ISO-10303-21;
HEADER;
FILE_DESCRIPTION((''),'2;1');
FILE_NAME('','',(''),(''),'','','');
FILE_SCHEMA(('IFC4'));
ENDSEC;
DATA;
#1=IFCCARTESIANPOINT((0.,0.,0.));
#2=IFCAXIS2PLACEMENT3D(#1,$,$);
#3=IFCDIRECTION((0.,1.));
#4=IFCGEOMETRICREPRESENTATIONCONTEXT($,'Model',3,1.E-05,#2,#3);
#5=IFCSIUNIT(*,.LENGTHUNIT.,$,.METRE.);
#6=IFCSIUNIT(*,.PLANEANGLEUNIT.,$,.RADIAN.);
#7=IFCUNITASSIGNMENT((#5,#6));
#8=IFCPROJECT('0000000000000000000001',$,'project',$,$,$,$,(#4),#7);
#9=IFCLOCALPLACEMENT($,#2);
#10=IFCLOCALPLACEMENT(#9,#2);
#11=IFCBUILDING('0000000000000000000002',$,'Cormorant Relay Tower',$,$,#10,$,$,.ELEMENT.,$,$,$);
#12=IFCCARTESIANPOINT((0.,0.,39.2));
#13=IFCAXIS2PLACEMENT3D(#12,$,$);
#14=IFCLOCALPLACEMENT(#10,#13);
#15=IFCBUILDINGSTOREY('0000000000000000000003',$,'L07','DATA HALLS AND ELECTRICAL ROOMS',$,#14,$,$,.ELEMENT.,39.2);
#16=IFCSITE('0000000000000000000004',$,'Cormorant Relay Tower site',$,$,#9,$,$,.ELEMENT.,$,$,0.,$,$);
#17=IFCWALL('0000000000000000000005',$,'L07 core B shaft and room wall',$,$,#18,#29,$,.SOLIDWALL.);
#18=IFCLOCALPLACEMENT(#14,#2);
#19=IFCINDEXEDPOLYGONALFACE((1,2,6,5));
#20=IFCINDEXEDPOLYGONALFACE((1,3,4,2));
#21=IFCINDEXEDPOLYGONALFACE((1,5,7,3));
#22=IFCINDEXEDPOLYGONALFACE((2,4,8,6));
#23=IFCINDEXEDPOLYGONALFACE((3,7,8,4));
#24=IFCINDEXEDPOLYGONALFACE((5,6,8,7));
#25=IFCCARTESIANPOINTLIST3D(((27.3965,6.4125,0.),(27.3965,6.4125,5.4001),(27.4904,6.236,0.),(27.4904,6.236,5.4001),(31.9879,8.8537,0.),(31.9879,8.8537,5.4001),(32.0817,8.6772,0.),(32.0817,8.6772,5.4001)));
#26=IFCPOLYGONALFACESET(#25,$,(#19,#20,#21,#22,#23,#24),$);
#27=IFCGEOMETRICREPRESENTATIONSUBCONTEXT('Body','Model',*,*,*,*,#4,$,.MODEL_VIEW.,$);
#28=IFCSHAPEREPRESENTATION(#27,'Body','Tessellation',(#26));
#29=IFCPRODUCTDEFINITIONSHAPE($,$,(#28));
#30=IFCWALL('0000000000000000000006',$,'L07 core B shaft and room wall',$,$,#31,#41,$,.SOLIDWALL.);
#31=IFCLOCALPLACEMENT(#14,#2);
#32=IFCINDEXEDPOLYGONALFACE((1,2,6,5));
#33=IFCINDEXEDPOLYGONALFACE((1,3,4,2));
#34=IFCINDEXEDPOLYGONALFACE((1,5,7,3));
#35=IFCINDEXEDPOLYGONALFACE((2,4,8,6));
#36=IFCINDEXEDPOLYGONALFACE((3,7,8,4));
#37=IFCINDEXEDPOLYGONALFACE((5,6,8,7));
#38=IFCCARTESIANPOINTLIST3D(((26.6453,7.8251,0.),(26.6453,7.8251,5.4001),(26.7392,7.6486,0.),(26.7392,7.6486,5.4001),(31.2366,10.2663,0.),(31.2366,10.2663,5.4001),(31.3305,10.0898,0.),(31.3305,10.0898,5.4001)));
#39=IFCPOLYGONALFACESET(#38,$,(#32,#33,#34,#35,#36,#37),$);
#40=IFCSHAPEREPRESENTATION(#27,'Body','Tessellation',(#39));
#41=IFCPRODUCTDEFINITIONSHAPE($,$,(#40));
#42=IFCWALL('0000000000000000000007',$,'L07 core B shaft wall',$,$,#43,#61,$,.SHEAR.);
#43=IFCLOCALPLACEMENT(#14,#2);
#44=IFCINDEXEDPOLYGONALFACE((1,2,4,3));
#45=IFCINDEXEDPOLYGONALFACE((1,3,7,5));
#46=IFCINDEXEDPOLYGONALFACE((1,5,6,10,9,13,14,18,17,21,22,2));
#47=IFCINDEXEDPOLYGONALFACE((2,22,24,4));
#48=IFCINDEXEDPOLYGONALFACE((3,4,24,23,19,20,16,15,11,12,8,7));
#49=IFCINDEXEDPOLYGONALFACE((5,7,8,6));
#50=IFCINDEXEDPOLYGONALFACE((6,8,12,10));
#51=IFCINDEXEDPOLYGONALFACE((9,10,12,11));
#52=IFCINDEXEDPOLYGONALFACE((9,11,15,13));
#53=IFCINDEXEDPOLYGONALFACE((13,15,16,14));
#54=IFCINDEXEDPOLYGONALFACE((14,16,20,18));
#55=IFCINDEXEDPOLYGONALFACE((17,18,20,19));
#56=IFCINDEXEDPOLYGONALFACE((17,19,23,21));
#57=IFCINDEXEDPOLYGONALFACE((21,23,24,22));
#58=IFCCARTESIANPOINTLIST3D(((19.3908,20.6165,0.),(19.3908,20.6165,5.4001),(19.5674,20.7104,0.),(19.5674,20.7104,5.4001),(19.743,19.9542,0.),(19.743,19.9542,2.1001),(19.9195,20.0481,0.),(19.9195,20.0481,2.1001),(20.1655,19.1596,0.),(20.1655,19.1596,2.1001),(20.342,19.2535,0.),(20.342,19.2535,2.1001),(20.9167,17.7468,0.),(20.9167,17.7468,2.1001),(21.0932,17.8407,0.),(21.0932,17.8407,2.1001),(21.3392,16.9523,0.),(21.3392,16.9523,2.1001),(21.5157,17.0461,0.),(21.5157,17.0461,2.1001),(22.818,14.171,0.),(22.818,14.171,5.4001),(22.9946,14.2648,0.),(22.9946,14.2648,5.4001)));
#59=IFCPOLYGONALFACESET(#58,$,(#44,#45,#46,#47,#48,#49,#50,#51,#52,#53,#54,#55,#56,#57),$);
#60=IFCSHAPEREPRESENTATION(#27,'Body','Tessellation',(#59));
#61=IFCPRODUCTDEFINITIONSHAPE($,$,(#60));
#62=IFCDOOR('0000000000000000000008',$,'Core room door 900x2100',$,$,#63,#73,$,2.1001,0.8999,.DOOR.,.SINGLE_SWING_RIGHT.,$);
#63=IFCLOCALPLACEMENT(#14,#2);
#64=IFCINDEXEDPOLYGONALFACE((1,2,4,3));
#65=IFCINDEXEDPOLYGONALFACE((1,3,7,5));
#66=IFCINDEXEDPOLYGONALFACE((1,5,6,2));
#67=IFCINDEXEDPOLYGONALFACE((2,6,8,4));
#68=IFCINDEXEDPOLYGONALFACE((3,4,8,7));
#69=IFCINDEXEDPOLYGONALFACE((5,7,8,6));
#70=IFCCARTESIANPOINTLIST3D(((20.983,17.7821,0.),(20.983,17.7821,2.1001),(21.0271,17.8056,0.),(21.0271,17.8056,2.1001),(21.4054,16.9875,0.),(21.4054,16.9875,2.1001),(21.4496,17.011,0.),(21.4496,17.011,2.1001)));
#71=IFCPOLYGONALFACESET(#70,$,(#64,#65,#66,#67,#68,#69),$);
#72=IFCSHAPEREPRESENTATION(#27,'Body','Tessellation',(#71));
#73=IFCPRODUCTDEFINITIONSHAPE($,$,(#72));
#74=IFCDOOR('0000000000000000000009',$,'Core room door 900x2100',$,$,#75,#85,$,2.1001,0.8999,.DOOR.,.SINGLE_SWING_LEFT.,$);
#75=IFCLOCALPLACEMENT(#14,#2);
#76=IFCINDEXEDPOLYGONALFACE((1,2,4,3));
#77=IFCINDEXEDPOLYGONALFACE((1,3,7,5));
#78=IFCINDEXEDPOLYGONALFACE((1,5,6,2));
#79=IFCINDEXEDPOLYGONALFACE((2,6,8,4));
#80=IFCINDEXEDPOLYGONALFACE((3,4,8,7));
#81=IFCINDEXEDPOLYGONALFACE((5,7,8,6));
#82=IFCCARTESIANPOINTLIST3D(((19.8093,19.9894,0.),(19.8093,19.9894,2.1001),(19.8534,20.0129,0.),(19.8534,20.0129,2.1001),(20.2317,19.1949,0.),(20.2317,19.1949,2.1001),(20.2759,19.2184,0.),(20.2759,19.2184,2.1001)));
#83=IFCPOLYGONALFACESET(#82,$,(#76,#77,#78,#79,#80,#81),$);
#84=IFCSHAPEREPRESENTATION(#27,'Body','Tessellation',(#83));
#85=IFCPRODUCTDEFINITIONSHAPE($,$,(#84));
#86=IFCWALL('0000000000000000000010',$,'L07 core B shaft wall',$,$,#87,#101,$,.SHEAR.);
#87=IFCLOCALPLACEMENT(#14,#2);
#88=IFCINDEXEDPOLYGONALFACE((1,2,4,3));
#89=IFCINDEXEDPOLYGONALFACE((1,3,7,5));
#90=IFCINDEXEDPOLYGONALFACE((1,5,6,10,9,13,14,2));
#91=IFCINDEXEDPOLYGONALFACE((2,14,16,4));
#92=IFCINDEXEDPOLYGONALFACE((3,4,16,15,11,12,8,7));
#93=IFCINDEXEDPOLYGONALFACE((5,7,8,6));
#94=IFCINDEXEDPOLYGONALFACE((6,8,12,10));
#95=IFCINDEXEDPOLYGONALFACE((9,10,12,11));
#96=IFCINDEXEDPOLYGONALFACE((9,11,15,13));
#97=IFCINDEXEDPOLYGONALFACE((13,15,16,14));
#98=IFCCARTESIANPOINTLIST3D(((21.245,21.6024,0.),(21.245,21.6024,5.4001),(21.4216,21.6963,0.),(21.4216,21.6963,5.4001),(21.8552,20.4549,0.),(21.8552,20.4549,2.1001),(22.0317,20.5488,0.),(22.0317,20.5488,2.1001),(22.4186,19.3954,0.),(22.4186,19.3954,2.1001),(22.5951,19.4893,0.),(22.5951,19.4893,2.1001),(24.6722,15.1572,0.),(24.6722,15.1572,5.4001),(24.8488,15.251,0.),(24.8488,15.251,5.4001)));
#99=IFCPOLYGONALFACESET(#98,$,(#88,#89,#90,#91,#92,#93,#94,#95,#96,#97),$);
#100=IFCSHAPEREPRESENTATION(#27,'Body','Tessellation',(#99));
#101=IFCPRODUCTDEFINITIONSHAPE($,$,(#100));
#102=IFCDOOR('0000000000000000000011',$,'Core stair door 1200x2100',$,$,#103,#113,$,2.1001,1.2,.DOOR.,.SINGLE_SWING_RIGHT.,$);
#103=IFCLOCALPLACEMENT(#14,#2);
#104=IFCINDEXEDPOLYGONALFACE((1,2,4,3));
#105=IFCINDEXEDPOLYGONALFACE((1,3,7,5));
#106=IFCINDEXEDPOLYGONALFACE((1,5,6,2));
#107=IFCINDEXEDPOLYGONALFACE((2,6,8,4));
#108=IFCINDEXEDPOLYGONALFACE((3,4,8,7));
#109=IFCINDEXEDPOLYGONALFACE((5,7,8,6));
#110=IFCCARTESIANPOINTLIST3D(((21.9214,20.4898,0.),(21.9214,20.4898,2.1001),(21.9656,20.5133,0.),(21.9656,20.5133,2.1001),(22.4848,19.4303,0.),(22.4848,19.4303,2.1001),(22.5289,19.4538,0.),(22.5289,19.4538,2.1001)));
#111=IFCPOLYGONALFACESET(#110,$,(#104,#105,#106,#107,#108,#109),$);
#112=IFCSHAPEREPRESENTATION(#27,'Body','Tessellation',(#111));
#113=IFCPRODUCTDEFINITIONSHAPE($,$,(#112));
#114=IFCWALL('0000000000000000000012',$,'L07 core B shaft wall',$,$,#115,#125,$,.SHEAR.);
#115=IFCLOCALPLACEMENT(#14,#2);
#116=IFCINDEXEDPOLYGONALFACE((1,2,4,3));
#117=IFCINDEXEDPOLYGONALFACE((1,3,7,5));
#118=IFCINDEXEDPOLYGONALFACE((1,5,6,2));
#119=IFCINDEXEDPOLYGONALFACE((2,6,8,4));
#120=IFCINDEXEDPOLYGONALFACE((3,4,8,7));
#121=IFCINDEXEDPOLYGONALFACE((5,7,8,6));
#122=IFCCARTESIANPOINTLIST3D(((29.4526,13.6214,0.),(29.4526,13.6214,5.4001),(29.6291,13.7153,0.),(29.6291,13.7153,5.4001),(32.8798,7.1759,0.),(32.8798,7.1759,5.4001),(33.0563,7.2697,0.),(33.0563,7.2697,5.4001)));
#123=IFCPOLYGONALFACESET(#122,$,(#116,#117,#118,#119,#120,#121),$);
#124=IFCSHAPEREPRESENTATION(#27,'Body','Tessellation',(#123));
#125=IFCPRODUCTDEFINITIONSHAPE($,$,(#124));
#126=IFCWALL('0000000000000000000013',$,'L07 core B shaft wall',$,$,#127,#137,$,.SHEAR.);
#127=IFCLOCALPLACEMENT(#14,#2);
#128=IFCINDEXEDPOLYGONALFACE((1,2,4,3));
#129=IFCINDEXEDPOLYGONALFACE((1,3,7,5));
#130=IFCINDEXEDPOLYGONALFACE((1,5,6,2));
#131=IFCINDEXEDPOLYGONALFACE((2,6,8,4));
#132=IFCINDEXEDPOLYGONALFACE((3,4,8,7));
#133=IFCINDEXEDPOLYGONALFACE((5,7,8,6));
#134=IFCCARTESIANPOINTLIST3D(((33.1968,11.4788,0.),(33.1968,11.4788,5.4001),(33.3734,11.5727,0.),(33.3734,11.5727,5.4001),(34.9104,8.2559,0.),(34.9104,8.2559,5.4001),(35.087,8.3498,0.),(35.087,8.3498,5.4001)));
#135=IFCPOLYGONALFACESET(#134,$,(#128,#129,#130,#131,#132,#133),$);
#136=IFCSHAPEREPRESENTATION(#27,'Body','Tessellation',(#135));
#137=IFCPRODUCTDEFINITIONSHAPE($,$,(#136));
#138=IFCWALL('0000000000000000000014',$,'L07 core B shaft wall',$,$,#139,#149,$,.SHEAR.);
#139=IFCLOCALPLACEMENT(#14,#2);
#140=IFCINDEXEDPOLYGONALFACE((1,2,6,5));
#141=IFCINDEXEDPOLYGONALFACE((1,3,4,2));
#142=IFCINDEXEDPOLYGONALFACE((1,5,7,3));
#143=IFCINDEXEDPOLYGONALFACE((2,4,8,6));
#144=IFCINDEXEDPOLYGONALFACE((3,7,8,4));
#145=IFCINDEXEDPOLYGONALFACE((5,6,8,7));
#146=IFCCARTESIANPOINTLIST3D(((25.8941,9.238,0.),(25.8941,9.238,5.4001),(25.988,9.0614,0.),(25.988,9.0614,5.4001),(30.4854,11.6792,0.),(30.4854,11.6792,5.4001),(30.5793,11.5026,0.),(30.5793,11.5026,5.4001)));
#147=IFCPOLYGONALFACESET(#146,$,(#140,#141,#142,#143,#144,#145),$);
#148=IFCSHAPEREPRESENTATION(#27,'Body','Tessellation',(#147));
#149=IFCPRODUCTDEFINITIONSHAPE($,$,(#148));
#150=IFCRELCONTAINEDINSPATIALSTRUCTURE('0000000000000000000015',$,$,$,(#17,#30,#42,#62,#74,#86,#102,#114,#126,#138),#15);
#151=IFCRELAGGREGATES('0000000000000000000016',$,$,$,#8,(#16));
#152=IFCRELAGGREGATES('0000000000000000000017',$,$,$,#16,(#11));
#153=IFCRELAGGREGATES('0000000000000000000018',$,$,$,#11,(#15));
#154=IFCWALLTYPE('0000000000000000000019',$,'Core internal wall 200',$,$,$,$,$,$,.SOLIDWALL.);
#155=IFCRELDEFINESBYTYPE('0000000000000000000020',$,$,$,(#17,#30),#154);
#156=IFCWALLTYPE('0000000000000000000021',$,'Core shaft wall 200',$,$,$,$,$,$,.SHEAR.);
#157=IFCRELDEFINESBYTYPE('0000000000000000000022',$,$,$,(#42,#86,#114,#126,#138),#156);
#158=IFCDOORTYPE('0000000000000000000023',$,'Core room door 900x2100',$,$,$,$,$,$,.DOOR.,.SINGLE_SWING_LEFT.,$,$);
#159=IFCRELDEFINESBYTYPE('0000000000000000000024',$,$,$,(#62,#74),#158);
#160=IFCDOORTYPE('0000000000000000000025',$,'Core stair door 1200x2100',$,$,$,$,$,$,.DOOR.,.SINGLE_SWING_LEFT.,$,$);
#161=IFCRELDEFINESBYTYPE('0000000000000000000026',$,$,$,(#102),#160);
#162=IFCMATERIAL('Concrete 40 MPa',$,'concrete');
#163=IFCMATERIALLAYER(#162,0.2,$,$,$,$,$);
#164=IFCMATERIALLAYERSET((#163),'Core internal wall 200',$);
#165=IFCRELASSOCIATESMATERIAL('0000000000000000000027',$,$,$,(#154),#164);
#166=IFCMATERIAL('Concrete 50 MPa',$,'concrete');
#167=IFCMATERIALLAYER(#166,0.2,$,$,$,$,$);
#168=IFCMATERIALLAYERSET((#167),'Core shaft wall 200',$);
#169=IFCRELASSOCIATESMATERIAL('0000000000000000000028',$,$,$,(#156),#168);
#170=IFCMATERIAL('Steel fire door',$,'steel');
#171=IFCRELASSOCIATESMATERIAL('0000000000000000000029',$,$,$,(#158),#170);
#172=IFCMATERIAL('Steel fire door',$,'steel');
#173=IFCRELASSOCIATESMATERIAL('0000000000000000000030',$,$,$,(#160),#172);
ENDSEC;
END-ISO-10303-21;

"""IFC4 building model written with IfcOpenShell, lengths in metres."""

from ifc_helpers import new_model, si_unit, direction, frame, frame_2d, origin, place, context, subcontext, project, spatial, rectangle, extrude, material, layer, layer_set, type_object, element, fill, save


model = new_model("IFC4")

# Units and contexts
model_context = context("Model", 3, precision=1e-05, world=origin(), true_north=direction((0.0, 1.0)))
body_context = subcontext(model_context, "Body", "Model", "MODEL_VIEW")
ifc_project = project(units=[si_unit("LENGTHUNIT", "METRE"), si_unit("PLANEANGLEUNIT", "RADIAN")], contexts=[model_context])

# Site, building, storey
site_placement = place(None, origin())
site = spatial("IfcSite", under=ifc_project, at=site_placement, Name="Cormorant Relay Tower site", CompositionType="ELEMENT", RefElevation=0.0)
building_placement = place(site_placement, origin())
building = spatial("IfcBuilding", under=site, at=building_placement, Name="Cormorant Relay Tower", CompositionType="ELEMENT")
storey_placement = place(building_placement, frame((0.0, 0.0, 39.2)))
storey = spatial("IfcBuildingStorey", under=building, at=storey_placement, Name="L07", Description="DATA HALLS AND ELECTRICAL ROOMS", CompositionType="ELEMENT", Elevation=39.2)

# Walls
ifc_material_1 = material(Name="Concrete 40 MPa", Category="concrete")
ifc_layer_1 = layer(ifc_material_1, 0.2)
ifc_layer_set_1 = layer_set([ifc_layer_1], Name="Core internal wall 200")
wall_type_1 = type_object("IfcWallType", Name="Core internal wall 200", PredefinedType="SOLIDWALL", material=ifc_layer_set_1)
for number, where, z_axis, x_axis, name in (
    (1, (27.4434, 6.3242, 0.0), (0.0, 0.0, 1.0), (0.882954, 0.46946, 0.0), "L07 core B shaft and room wall"),
    (2, (26.6921, 7.7368, 0.0), (0.0, 0.0, 1.0), (0.882954, 0.46946, 0.0), "L07 core B shaft and room wall"),
):
    element("IfcWall", number, at=place(storey_placement, frame(where, z_axis=z_axis, x_axis=x_axis)), inside=storey, type_object=wall_type_1, Name=name, PredefinedType="SOLIDWALL", context=body_context, shape_type="SweptSolid", body=[
        extrude(rectangle(XDim=5.2, YDim=0.2, at=frame_2d((2.6001, 0.0))), origin(), (0.0, 0.0, 1.0), 5.4001),
    ])

# Wall, openings, doors
ifc_material_2 = material(Name="Concrete 50 MPa", Category="concrete")
ifc_layer_2 = layer(ifc_material_2, 0.2)
ifc_layer_set_2 = layer_set([ifc_layer_2], Name="Core shaft wall 200")
wall_type_2 = type_object("IfcWallType", Name="Core shaft wall 200", PredefinedType="SHEAR", material=ifc_layer_set_2)
wall_1_placement = place(storey_placement, frame((22.9062, 14.218, 0.0), z_axis=(0.0, 0.0, 1.0), x_axis=(-0.46948, 0.882943, 0.0)))
wall_1 = element("IfcWall", 3, at=wall_1_placement, inside=storey, type_object=wall_type_2, Name="L07 core B shaft wall", PredefinedType="SHEAR", context=body_context, shape_type="SweptSolid", body=[
    extrude(rectangle(XDim=7.3, YDim=0.2, at=frame_2d((3.6499, 0.0))), origin(), (0.0, 0.0, 1.0), 5.4001),
])
opening_1_placement = place(wall_1_placement, frame((3.1499, 0.0, 0.0)))
opening_1 = element("IfcOpeningElement", 4, at=opening_1_placement, cuts=wall_1, PredefinedType="OPENING", context=body_context, shape_type="SweptSolid", body=[
    extrude(rectangle(XDim=0.8999, YDim=2.1001, at=frame_2d((0.45, 1.05))), frame((0.0, 0.1099, 0.0), z_axis=(0.0, -1.0, 0.0), x_axis=(1.0, 0.0, 0.0)), (0.0, 0.0, 1.0), 0.22),
])
opening_2_placement = place(wall_1_placement, frame((5.6499, 0.0, 0.0)))
opening_2 = element("IfcOpeningElement", 5, at=opening_2_placement, cuts=wall_1, PredefinedType="OPENING", context=body_context, shape_type="SweptSolid", body=[
    extrude(rectangle(XDim=0.8999, YDim=2.1001, at=frame_2d((0.45, 1.05))), frame((0.0, 0.1099, 0.0), z_axis=(0.0, -1.0, 0.0), x_axis=(1.0, 0.0, 0.0)), (0.0, 0.0, 1.0), 0.22),
])
ifc_material_3 = material(Name="Steel fire door", Category="steel")
door_type_1 = type_object("IfcDoorType", Name="Core room door 900x2100", OperationType="SINGLE_SWING_LEFT", PredefinedType="DOOR", material=ifc_material_3)
door_1_placement = place(opening_1_placement, origin())
door_1 = element("IfcDoor", 6, at=door_1_placement, inside=storey, type_object=door_type_1, Name="Core room door 900x2100", OperationType="SINGLE_SWING_RIGHT", OverallHeight=2.1001, OverallWidth=0.8999, PredefinedType="DOOR", context=body_context, shape_type="SweptSolid", body=[
    extrude(rectangle(XDim=0.8999, YDim=2.1001, at=frame_2d((0.45, 1.05))), frame((0.0, 0.0249, 0.0), z_axis=(0.0, -1.0, 0.0), x_axis=(1.0, 0.0, 0.0)), (0.0, 0.0, 1.0), 0.05),
])
fill(opening_1, door_1)
door_2_placement = place(opening_2_placement, origin())
door_2 = element("IfcDoor", 7, at=door_2_placement, inside=storey, type_object=door_type_1, Name="Core room door 900x2100", OperationType="SINGLE_SWING_LEFT", OverallHeight=2.1001, OverallWidth=0.8999, PredefinedType="DOOR", context=body_context, shape_type="SweptSolid", body=[
    extrude(rectangle(XDim=0.8999, YDim=2.1001, at=frame_2d((0.45, 1.05))), frame((0.0, 0.0249, 0.0), z_axis=(0.0, -1.0, 0.0), x_axis=(1.0, 0.0, 0.0)), (0.0, 0.0, 1.0), 0.05),
])
fill(opening_2, door_2)

# Wall, opening, door
wall_2_placement = place(storey_placement, frame((24.7605, 15.2041, 0.0), z_axis=(0.0, 0.0, 1.0), x_axis=(-0.469494, 0.882936, 0.0)))
wall_2 = element("IfcWall", 8, at=wall_2_placement, inside=storey, type_object=wall_type_2, Name="L07 core B shaft wall", PredefinedType="SHEAR", context=body_context, shape_type="SweptSolid", body=[
    extrude(rectangle(XDim=7.2998, YDim=0.2, at=frame_2d((3.6499, 0.0))), origin(), (0.0, 0.0, 1.0), 5.4001),
])
opening_3_placement = place(wall_2_placement, frame((4.8, 0.0, 0.0)))
opening_3 = element("IfcOpeningElement", 9, at=opening_3_placement, cuts=wall_2, PredefinedType="OPENING", context=body_context, shape_type="SweptSolid", body=[
    extrude(rectangle(XDim=1.2, YDim=2.1001, at=frame_2d((0.6001, 1.05))), frame((0.0, 0.1099, 0.0), z_axis=(0.0, -1.0, 0.0), x_axis=(1.0, 0.0, 0.0)), (0.0, 0.0, 1.0), 0.22),
])
ifc_material_4 = material(Name="Steel fire door", Category="steel")
door_type_2 = type_object("IfcDoorType", Name="Core stair door 1200x2100", OperationType="SINGLE_SWING_LEFT", PredefinedType="DOOR", material=ifc_material_4)
door_3_placement = place(opening_3_placement, frame((1.2, 0.0, 0.0), z_axis=(0.0, 0.0, 1.0), x_axis=(-1.0, 0.0, 0.0)))
door_3 = element("IfcDoor", 10, at=door_3_placement, inside=storey, type_object=door_type_2, Name="Core stair door 1200x2100", OperationType="SINGLE_SWING_RIGHT", OverallHeight=2.1001, OverallWidth=1.2, PredefinedType="DOOR", context=body_context, shape_type="SweptSolid", body=[
    extrude(rectangle(XDim=1.2, YDim=2.1001, at=frame_2d((0.6001, 1.05))), frame((0.0, 0.0249, 0.0), z_axis=(0.0, -1.0, 0.0), x_axis=(1.0, 0.0, 0.0)), (0.0, 0.0, 1.0), 0.05),
])
fill(opening_3, door_3)

# Walls
wall_3_placement = place(storey_placement, frame((32.968, 7.2229, 0.0), z_axis=(0.0, 0.0, 1.0), x_axis=(-0.46948, 0.882943, 0.0)))
element("IfcWall", 11, at=wall_3_placement, inside=storey, type_object=wall_type_2, Name="L07 core B shaft wall", PredefinedType="SHEAR", context=body_context, shape_type="SweptSolid", body=[
    extrude(rectangle(XDim=7.3, YDim=0.2, at=frame_2d((3.6499, 0.0))), origin(), (0.0, 0.0, 1.0), 5.4001),
])
wall_4_placement = place(storey_placement, frame((34.9988, 8.3027, 0.0), z_axis=(0.0, 0.0, 1.0), x_axis=(-0.469467, 0.88295, 0.0)))
element("IfcWall", 12, at=wall_4_placement, inside=storey, type_object=wall_type_2, Name="L07 core B shaft wall", PredefinedType="SHEAR", context=body_context, shape_type="SweptSolid", body=[
    extrude(rectangle(XDim=3.6501, YDim=0.2, at=frame_2d((1.8252, 0.0))), origin(), (0.0, 0.0, 1.0), 5.4001),
])

# Wall
wall_5_placement = place(storey_placement, frame((25.9409, 9.1497, 0.0), z_axis=(0.0, 0.0, 1.0), x_axis=(0.882954, 0.46946, 0.0)))
element("IfcWall", 13, at=wall_5_placement, inside=storey, type_object=wall_type_2, Name="L07 core B shaft wall", PredefinedType="SHEAR", context=body_context, shape_type="SweptSolid", body=[
    extrude(rectangle(XDim=5.2, YDim=0.2, at=frame_2d((2.6001, 0.0))), origin(), (0.0, 0.0, 1.0), 5.4001),
])

save(model, "model.ifc")
